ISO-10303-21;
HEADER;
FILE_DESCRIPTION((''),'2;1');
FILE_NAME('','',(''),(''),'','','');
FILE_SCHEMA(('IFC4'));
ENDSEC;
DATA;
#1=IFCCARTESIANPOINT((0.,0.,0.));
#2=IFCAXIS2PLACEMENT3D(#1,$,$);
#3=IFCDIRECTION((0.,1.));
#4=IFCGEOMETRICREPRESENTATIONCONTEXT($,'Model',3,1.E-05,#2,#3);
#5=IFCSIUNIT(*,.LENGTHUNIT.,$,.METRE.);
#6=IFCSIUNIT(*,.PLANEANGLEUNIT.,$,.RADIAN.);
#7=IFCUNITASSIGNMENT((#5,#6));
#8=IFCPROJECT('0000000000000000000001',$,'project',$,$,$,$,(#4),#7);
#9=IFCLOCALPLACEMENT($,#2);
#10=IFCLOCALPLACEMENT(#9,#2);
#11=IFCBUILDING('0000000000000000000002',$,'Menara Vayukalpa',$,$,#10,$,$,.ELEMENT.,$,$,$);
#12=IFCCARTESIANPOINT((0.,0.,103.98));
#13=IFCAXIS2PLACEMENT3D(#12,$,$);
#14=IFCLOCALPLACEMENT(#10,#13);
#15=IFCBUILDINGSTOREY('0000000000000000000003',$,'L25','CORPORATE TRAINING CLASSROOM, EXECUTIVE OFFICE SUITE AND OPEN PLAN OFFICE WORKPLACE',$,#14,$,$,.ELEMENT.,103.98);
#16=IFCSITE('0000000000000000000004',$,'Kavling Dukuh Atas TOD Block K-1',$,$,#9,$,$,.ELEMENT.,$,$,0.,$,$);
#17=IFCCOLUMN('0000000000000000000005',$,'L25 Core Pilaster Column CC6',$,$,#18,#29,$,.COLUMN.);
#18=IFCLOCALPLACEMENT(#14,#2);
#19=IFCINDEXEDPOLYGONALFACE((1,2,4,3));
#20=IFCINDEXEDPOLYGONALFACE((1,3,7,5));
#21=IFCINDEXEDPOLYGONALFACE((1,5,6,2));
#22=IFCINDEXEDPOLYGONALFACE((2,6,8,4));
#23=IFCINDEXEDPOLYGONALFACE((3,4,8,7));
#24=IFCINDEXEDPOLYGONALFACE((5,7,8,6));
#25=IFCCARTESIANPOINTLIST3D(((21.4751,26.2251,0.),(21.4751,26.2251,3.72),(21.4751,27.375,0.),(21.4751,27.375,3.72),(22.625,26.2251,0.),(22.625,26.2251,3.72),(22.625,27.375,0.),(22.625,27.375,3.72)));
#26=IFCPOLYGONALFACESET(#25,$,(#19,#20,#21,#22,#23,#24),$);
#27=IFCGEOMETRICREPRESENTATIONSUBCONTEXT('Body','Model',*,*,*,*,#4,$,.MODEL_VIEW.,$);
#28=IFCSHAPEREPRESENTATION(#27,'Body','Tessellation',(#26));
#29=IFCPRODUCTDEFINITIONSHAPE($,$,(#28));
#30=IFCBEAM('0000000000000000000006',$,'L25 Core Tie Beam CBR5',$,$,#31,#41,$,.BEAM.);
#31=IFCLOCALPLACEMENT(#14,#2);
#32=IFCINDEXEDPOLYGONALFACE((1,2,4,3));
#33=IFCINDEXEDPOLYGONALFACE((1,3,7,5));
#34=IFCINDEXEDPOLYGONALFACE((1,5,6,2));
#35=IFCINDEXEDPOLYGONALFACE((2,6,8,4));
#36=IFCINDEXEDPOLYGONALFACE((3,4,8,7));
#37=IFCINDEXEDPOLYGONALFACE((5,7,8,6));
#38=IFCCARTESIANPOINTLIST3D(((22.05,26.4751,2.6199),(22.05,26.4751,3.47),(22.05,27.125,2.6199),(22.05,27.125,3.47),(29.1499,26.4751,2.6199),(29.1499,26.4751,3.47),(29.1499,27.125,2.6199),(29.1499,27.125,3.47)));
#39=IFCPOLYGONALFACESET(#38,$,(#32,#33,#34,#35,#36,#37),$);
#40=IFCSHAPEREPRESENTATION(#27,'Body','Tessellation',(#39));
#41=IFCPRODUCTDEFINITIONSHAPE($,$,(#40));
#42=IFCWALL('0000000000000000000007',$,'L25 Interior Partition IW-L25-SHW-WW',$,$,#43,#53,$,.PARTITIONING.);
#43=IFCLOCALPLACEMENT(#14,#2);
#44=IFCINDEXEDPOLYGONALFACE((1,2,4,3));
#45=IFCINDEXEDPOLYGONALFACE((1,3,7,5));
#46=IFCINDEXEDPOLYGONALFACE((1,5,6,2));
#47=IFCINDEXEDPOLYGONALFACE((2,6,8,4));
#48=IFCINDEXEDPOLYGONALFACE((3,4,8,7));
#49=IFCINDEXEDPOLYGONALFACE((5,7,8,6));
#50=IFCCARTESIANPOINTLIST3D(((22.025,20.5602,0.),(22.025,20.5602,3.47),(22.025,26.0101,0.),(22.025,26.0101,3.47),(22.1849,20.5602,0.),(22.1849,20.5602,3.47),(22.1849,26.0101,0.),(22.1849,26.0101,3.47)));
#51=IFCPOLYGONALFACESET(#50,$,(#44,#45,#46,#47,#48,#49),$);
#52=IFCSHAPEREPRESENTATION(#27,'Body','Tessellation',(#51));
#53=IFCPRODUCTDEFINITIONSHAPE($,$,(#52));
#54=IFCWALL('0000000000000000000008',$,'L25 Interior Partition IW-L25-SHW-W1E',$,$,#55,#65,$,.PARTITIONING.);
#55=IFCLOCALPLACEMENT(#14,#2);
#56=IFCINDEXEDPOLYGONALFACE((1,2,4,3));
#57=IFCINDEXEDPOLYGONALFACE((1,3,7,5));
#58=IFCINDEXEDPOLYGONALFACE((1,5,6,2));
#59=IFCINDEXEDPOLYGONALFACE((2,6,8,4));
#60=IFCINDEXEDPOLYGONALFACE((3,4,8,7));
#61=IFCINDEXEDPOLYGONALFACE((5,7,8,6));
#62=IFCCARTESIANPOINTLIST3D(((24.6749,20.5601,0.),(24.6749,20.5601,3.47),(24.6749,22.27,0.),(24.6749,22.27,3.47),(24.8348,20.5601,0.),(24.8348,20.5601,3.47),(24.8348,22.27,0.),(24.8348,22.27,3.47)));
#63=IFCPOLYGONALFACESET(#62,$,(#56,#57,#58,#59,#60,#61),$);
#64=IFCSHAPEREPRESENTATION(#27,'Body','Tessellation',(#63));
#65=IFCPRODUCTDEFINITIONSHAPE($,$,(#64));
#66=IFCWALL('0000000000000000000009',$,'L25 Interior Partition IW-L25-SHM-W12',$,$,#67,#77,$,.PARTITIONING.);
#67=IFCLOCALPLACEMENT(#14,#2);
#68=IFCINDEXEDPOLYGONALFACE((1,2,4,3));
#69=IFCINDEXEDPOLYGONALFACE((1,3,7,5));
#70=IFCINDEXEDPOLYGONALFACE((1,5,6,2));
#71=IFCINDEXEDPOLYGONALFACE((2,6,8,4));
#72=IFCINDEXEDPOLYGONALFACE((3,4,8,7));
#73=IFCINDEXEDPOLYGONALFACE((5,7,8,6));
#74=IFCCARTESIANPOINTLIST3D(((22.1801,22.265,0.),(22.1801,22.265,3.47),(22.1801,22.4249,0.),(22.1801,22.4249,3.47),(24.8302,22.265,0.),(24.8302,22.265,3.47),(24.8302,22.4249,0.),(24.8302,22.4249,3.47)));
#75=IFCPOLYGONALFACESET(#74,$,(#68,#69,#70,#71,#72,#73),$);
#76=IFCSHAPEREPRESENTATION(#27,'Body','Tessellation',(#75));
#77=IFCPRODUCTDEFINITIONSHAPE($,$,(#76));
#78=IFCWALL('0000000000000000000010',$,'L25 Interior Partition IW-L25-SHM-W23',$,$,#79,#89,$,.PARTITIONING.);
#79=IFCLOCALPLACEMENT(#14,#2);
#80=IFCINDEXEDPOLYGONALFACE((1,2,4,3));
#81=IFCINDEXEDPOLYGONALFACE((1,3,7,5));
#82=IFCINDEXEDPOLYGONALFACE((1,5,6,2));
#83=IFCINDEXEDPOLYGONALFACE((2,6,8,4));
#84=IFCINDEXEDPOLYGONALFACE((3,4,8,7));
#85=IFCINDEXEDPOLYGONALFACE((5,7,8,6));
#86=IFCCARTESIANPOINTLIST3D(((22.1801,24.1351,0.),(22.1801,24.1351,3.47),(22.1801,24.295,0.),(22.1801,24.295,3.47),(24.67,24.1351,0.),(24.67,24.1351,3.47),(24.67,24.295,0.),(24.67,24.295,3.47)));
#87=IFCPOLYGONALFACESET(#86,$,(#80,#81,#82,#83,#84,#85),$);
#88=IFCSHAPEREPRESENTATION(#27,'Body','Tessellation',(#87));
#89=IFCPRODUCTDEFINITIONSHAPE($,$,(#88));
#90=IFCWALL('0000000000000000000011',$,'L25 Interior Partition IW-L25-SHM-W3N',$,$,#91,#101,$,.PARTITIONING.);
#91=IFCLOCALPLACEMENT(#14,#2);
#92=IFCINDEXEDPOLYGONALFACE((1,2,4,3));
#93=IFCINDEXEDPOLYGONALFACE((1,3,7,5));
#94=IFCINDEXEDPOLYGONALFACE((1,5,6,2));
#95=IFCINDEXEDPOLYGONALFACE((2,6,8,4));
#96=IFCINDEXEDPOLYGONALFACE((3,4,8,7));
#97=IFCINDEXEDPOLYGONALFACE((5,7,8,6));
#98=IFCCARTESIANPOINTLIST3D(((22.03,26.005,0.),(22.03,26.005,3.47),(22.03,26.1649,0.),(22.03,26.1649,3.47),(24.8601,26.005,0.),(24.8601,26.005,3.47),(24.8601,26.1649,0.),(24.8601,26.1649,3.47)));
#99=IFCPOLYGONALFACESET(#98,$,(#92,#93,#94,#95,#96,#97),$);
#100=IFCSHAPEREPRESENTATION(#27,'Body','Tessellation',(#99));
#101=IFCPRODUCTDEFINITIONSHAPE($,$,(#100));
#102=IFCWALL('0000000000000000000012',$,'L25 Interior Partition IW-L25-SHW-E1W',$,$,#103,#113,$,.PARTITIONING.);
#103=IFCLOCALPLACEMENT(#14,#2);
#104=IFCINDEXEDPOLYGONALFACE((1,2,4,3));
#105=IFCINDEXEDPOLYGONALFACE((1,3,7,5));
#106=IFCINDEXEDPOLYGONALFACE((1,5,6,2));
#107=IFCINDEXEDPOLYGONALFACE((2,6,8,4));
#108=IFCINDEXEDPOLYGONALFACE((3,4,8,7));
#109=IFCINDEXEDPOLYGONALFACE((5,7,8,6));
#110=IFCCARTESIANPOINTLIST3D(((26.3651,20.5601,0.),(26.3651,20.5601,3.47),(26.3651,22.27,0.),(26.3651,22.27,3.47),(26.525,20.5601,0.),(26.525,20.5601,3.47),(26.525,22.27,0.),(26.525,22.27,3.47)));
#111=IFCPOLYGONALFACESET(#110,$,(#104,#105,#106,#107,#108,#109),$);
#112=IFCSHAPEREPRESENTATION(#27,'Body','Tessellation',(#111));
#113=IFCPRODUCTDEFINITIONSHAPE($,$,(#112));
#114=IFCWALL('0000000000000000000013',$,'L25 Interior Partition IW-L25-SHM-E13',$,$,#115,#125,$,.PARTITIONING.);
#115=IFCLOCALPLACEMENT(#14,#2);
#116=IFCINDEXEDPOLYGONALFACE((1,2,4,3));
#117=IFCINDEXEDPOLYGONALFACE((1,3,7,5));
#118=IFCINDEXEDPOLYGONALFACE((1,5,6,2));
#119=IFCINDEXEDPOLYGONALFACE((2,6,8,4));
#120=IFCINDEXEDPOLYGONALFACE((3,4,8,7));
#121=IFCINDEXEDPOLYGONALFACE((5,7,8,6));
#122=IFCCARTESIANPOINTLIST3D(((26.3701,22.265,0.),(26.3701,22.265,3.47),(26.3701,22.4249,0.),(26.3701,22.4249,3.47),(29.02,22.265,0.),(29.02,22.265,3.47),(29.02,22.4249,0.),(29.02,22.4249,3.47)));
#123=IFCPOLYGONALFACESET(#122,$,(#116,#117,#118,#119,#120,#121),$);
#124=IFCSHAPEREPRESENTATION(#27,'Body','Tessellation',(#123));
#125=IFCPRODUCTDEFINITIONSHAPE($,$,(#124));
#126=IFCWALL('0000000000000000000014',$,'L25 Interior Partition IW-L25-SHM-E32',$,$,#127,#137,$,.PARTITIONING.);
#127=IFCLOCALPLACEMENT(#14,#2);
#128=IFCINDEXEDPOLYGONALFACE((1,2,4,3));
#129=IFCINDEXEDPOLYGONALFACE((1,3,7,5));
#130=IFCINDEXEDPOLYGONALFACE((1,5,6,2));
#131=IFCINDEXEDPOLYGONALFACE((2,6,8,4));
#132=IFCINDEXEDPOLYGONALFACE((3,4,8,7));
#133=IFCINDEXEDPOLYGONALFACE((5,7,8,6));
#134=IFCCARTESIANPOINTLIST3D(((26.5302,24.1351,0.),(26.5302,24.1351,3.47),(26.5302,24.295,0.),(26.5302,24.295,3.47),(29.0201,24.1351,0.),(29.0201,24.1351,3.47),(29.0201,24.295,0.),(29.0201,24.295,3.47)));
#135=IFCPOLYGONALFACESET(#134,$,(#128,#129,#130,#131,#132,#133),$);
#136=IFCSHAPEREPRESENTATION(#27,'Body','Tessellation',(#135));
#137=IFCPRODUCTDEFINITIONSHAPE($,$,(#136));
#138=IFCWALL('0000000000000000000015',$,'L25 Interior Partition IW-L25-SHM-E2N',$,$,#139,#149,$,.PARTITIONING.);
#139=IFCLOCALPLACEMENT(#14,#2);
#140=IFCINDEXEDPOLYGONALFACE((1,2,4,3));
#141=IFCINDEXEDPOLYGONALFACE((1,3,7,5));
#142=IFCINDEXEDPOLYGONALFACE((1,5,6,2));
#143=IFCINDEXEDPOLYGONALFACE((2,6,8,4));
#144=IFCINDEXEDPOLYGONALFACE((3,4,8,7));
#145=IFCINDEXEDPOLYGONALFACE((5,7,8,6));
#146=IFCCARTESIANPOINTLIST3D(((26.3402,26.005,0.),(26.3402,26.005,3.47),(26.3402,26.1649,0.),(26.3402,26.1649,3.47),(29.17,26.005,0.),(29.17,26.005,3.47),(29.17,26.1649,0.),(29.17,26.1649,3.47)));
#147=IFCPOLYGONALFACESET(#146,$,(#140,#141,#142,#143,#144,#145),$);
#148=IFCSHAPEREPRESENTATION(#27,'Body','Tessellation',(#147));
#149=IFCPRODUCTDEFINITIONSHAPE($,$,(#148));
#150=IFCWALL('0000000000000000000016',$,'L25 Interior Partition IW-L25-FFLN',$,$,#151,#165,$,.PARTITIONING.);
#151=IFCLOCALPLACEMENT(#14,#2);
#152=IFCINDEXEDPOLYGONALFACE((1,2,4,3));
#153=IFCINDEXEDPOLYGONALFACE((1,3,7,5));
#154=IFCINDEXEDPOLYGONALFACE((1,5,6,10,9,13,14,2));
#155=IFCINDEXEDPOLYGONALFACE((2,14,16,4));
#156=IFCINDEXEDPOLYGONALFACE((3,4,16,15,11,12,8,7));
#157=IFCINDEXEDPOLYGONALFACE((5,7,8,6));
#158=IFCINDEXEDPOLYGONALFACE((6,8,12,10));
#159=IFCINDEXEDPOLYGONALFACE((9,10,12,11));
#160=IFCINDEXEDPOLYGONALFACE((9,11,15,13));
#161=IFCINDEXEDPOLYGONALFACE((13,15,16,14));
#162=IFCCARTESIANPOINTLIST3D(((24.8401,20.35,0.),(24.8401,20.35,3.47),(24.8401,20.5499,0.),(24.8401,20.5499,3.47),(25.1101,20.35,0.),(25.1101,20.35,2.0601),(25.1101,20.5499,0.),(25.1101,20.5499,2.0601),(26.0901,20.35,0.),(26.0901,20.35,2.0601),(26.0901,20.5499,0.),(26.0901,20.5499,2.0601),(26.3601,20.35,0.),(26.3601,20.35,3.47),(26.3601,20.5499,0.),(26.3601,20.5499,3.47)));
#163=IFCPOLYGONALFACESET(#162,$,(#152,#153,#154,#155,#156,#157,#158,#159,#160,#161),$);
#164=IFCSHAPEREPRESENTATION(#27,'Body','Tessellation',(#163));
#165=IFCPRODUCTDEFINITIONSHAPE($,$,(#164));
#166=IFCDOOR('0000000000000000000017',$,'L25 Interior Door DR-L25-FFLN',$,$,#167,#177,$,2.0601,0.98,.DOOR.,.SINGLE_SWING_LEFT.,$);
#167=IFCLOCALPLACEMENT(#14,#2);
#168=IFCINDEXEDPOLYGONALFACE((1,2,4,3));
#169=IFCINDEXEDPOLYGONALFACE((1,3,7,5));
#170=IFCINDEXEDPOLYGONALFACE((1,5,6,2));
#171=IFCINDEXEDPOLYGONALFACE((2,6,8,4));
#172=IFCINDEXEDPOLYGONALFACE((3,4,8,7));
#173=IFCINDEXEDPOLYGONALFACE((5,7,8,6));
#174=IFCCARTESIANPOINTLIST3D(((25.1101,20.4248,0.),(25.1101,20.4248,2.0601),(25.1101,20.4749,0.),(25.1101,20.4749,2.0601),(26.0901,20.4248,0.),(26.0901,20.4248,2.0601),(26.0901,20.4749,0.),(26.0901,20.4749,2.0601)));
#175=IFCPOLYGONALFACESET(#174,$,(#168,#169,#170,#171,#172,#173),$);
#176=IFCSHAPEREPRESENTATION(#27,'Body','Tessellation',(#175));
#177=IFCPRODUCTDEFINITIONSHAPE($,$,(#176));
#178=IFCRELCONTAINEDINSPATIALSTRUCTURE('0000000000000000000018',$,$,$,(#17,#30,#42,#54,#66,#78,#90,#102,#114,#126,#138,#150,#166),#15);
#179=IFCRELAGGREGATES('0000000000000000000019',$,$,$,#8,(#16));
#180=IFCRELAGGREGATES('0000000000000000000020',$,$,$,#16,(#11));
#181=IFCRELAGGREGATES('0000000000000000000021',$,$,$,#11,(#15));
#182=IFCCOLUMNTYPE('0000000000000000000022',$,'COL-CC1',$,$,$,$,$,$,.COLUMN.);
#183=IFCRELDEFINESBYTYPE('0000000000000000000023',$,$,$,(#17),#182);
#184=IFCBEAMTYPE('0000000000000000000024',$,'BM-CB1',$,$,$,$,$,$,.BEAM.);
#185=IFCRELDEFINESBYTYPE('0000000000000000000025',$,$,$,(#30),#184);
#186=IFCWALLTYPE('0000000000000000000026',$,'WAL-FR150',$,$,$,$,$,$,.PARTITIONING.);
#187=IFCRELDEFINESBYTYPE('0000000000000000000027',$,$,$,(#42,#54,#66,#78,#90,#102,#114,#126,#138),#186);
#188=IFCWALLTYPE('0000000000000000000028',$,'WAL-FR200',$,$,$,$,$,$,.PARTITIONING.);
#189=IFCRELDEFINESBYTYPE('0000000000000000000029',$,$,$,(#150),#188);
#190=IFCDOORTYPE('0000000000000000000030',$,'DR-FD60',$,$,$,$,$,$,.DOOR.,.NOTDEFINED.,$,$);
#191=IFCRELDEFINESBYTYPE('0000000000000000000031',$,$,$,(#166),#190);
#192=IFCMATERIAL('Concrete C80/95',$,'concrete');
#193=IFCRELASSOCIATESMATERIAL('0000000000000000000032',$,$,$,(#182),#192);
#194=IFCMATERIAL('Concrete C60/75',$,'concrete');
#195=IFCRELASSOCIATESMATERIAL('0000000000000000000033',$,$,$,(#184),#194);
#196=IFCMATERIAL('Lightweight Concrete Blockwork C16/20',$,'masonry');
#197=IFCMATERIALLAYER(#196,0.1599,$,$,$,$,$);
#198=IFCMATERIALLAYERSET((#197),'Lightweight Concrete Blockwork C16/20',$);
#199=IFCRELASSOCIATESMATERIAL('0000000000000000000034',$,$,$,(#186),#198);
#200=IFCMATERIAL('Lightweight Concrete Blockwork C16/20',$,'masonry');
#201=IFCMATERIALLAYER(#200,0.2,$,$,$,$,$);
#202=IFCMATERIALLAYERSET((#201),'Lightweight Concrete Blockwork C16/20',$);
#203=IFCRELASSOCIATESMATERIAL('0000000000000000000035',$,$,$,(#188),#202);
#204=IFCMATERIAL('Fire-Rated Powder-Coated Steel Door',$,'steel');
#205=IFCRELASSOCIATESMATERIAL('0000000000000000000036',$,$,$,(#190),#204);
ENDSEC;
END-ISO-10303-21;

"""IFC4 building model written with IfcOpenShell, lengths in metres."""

from ifc_helpers import new_model, si_unit, direction, frame, frame_2d, origin, origin_2d, place, context, subcontext, project, spatial, rectangle, extrude, material, layer, layer_set, material_profile, profile_set, type_object, element, fill, save


model = new_model("IFC4")

# Units and contexts
model_context = context("Model", 3, precision=1e-05, world=origin(), true_north=direction((0.0, 1.0)))
body_context = subcontext(model_context, "Body", "Model", "MODEL_VIEW")
ifc_project = project(units=[si_unit("LENGTHUNIT", "METRE"), si_unit("PLANEANGLEUNIT", "RADIAN")], contexts=[model_context])

# Site, building, storey
site_placement = place(None, origin())
site = spatial("IfcSite", under=ifc_project, at=site_placement, Name="Kavling Dukuh Atas TOD Block K-1", CompositionType="ELEMENT", RefElevation=0.0)
building_placement = place(site_placement, origin())
building = spatial("IfcBuilding", under=site, at=building_placement, Name="Menara Vayukalpa", CompositionType="ELEMENT")
storey_placement = place(building_placement, frame((0.0, 0.0, 103.98)))
storey = spatial("IfcBuildingStorey", under=building, at=storey_placement, Name="L25", Description="CORPORATE TRAINING CLASSROOM, EXECUTIVE OFFICE SUITE AND OPEN PLAN OFFICE WORKPLACE", CompositionType="ELEMENT", Elevation=103.98)

# Column
ifc_material_1 = material(Name="Concrete C80/95", Category="concrete")
ifc_material_profile_1 = material_profile(ifc_material_1, rectangle(XDim=1.1499, YDim=1.1499, at=origin_2d()), Name="RC 1150x1150")
ifc_profile_set_1 = profile_set([ifc_material_profile_1], Name="Concrete C80/95")
column_type = type_object("IfcColumnType", Name="COL-CC1", PredefinedType="COLUMN", material=ifc_profile_set_1)
column_placement = place(storey_placement, frame((22.05, 26.8, 0.0), z_axis=(0.0, 0.0, 1.0), x_axis=(1.0, 0.0, 0.0)))
element("IfcColumn", 1, at=column_placement, inside=storey, type_object=column_type, Name="L25 Core Pilaster Column CC6", PredefinedType="COLUMN", context=body_context, shape_type="SweptSolid", body=[
    extrude(rectangle(XDim=1.1499, YDim=1.1499, at=origin_2d()), origin(), (0.0, 0.0, 1.0), 3.72),
])

# Beam
ifc_material_2 = material(Name="Concrete C60/75", Category="concrete")
ifc_material_profile_2 = material_profile(ifc_material_2, rectangle(XDim=0.6499, YDim=0.8501, at=origin_2d()), Name="RC 650x850")
ifc_profile_set_2 = profile_set([ifc_material_profile_2], Name="Concrete C60/75")
beam_type = type_object("IfcBeamType", Name="BM-CB1", PredefinedType="BEAM", material=ifc_profile_set_2)
beam_placement = place(storey_placement, frame((22.05, 26.8, 3.0449), z_axis=(1.0, 0.0, 0.0), x_axis=(0.0, 1.0, 0.0)))
element("IfcBeam", 2, at=beam_placement, inside=storey, type_object=beam_type, Name="L25 Core Tie Beam CBR5", PredefinedType="BEAM", context=body_context, shape_type="SweptSolid", body=[
    extrude(rectangle(XDim=0.6499, YDim=0.8501, at=origin_2d()), origin(), (0.0, 0.0, 1.0), 7.0999),
])

# Walls
ifc_material_3 = material(Name="Lightweight Concrete Blockwork C16/20", Category="masonry")
ifc_layer_1 = layer(ifc_material_3, 0.1599)
ifc_layer_set_1 = layer_set([ifc_layer_1], Name="Lightweight Concrete Blockwork C16/20")
wall_type_1 = type_object("IfcWallType", Name="WAL-FR150", PredefinedType="PARTITIONING", material=ifc_layer_set_1)
wall_1_placement = place(storey_placement, frame((22.105, 20.5601, 0.0), z_axis=(0.0, 0.0, 1.0), x_axis=(0.0, 1.0, 0.0)))
element("IfcWall", 3, at=wall_1_placement, inside=storey, type_object=wall_type_1, Name="L25 Interior Partition IW-L25-SHW-WW", PredefinedType="PARTITIONING", context=body_context, shape_type="SweptSolid", body=[
    extrude(rectangle(XDim=5.45, YDim=0.1599, at=frame_2d((2.7251, 0.0))), origin(), (0.0, 0.0, 1.0), 3.47),
])
wall_2_placement = place(storey_placement, frame((24.7549, 20.5601, 0.0), z_axis=(0.0, 0.0, 1.0), x_axis=(0.0, 1.0, 0.0)))
element("IfcWall", 4, at=wall_2_placement, inside=storey, type_object=wall_type_1, Name="L25 Interior Partition IW-L25-SHW-W1E", PredefinedType="PARTITIONING", context=body_context, shape_type="SweptSolid", body=[
    extrude(rectangle(XDim=1.71, YDim=0.1599, at=frame_2d((0.855, 0.0))), origin(), (0.0, 0.0, 1.0), 3.47),
])
wall_3_placement = place(storey_placement, frame((22.1799, 22.345, 0.0), z_axis=(0.0, 0.0, 1.0), x_axis=(1.0, 0.0, 0.0)))
element("IfcWall", 5, at=wall_3_placement, inside=storey, type_object=wall_type_1, Name="L25 Interior Partition IW-L25-SHM-W12", PredefinedType="PARTITIONING", context=body_context, shape_type="SweptSolid", body=[
    extrude(rectangle(XDim=2.6501, YDim=0.1599, at=frame_2d((1.3252, 0.0))), origin(), (0.0, 0.0, 1.0), 3.47),
])
wall_4_placement = place(storey_placement, frame((22.1799, 24.2151, 0.0), z_axis=(0.0, 0.0, 1.0), x_axis=(1.0, 0.0, 0.0)))
element("IfcWall", 6, at=wall_4_placement, inside=storey, type_object=wall_type_1, Name="L25 Interior Partition IW-L25-SHM-W23", PredefinedType="PARTITIONING", context=body_context, shape_type="SweptSolid", body=[
    extrude(rectangle(XDim=2.49, YDim=0.1599, at=frame_2d((1.2451, 0.0))), origin(), (0.0, 0.0, 1.0), 3.47),
])
wall_5_placement = place(storey_placement, frame((22.03, 26.085, 0.0), z_axis=(0.0, 0.0, 1.0), x_axis=(1.0, 0.0, 0.0)))
element("IfcWall", 7, at=wall_5_placement, inside=storey, type_object=wall_type_1, Name="L25 Interior Partition IW-L25-SHM-W3N", PredefinedType="PARTITIONING", context=body_context, shape_type="SweptSolid", body=[
    extrude(rectangle(XDim=2.8301, YDim=0.1599, at=frame_2d((1.415, 0.0))), origin(), (0.0, 0.0, 1.0), 3.47),
])
wall_6_placement = place(storey_placement, frame((26.4451, 20.5601, 0.0), z_axis=(0.0, 0.0, 1.0), x_axis=(0.0, 1.0, 0.0)))
element("IfcWall", 8, at=wall_6_placement, inside=storey, type_object=wall_type_1, Name="L25 Interior Partition IW-L25-SHW-E1W", PredefinedType="PARTITIONING", context=body_context, shape_type="SweptSolid", body=[
    extrude(rectangle(XDim=1.71, YDim=0.1599, at=frame_2d((0.855, 0.0))), origin(), (0.0, 0.0, 1.0), 3.47),
])
wall_7_placement = place(storey_placement, frame((26.3701, 22.345, 0.0), z_axis=(0.0, 0.0, 1.0), x_axis=(1.0, 0.0, 0.0)))
element("IfcWall", 9, at=wall_7_placement, inside=storey, type_object=wall_type_1, Name="L25 Interior Partition IW-L25-SHM-E13", PredefinedType="PARTITIONING", context=body_context, shape_type="SweptSolid", body=[
    extrude(rectangle(XDim=2.6499, YDim=0.1599, at=frame_2d((1.325, 0.0))), origin(), (0.0, 0.0, 1.0), 3.47),
])
wall_8_placement = place(storey_placement, frame((26.53, 24.2151, 0.0), z_axis=(0.0, 0.0, 1.0), x_axis=(1.0, 0.0, 0.0)))
element("IfcWall", 10, at=wall_8_placement, inside=storey, type_object=wall_type_1, Name="L25 Interior Partition IW-L25-SHM-E32", PredefinedType="PARTITIONING", context=body_context, shape_type="SweptSolid", body=[
    extrude(rectangle(XDim=2.49, YDim=0.1599, at=frame_2d((1.2451, 0.0))), origin(), (0.0, 0.0, 1.0), 3.47),
])
wall_9_placement = place(storey_placement, frame((26.3401, 26.085, 0.0), z_axis=(0.0, 0.0, 1.0), x_axis=(1.0, 0.0, 0.0)))
element("IfcWall", 11, at=wall_9_placement, inside=storey, type_object=wall_type_1, Name="L25 Interior Partition IW-L25-SHM-E2N", PredefinedType="PARTITIONING", context=body_context, shape_type="SweptSolid", body=[
    extrude(rectangle(XDim=2.8298, YDim=0.1599, at=frame_2d((1.415, 0.0))), origin(), (0.0, 0.0, 1.0), 3.47),
])

# Wall, opening, door
ifc_material_4 = material(Name="Lightweight Concrete Blockwork C16/20", Category="masonry")
ifc_layer_2 = layer(ifc_material_4, 0.2)
ifc_layer_set_2 = layer_set([ifc_layer_2], Name="Lightweight Concrete Blockwork C16/20")
wall_type_2 = type_object("IfcWallType", Name="WAL-FR200", PredefinedType="PARTITIONING", material=ifc_layer_set_2)
wall_10_placement = place(storey_placement, frame((24.8401, 20.45, 0.0), z_axis=(0.0, 0.0, 1.0), x_axis=(1.0, 0.0, 0.0)))
wall_10 = element("IfcWall", 12, at=wall_10_placement, inside=storey, type_object=wall_type_2, Name="L25 Interior Partition IW-L25-FFLN", PredefinedType="PARTITIONING", context=body_context, shape_type="SweptSolid", body=[
    extrude(rectangle(XDim=1.52, YDim=0.2, at=frame_2d((0.76, 0.0))), origin(), (0.0, 0.0, 1.0), 3.47),
])
opening_1_placement = place(wall_10_placement, frame((0.27, 0.0, 0.0)))
opening_1 = element("IfcOpeningElement", 13, at=opening_1_placement, cuts=wall_10, PredefinedType="OPENING", context=body_context, shape_type="SweptSolid", body=[
    extrude(rectangle(XDim=0.98, YDim=2.0601, at=frame_2d((0.49, 1.03))), frame((0.0, 0.1099, 0.0), z_axis=(0.0, -1.0, 0.0), x_axis=(1.0, 0.0, 0.0)), (0.0, 0.0, 1.0), 0.22),
])
ifc_material_5 = material(Name="Fire-Rated Powder-Coated Steel Door", Category="steel")
door_type_1 = type_object("IfcDoorType", Name="DR-FD60", OperationType="NOTDEFINED", PredefinedType="DOOR", material=ifc_material_5)
door_1_placement = place(opening_1_placement, origin())
door_1 = element("IfcDoor", 14, at=door_1_placement, inside=storey, type_object=door_type_1, Name="L25 Interior Door DR-L25-FFLN", OperationType="SINGLE_SWING_LEFT", OverallHeight=2.0601, OverallWidth=0.98, PredefinedType="DOOR", context=body_context, shape_type="SweptSolid", body=[
    extrude(rectangle(XDim=0.98, YDim=2.0601, at=frame_2d((0.49, 1.03))), frame((0.0, 0.0249, 0.0), z_axis=(0.0, -1.0, 0.0), x_axis=(1.0, 0.0, 0.0)), (0.0, 0.0, 1.0), 0.05),
])
fill(opening_1, door_1)

save(model, "model.ifc")
